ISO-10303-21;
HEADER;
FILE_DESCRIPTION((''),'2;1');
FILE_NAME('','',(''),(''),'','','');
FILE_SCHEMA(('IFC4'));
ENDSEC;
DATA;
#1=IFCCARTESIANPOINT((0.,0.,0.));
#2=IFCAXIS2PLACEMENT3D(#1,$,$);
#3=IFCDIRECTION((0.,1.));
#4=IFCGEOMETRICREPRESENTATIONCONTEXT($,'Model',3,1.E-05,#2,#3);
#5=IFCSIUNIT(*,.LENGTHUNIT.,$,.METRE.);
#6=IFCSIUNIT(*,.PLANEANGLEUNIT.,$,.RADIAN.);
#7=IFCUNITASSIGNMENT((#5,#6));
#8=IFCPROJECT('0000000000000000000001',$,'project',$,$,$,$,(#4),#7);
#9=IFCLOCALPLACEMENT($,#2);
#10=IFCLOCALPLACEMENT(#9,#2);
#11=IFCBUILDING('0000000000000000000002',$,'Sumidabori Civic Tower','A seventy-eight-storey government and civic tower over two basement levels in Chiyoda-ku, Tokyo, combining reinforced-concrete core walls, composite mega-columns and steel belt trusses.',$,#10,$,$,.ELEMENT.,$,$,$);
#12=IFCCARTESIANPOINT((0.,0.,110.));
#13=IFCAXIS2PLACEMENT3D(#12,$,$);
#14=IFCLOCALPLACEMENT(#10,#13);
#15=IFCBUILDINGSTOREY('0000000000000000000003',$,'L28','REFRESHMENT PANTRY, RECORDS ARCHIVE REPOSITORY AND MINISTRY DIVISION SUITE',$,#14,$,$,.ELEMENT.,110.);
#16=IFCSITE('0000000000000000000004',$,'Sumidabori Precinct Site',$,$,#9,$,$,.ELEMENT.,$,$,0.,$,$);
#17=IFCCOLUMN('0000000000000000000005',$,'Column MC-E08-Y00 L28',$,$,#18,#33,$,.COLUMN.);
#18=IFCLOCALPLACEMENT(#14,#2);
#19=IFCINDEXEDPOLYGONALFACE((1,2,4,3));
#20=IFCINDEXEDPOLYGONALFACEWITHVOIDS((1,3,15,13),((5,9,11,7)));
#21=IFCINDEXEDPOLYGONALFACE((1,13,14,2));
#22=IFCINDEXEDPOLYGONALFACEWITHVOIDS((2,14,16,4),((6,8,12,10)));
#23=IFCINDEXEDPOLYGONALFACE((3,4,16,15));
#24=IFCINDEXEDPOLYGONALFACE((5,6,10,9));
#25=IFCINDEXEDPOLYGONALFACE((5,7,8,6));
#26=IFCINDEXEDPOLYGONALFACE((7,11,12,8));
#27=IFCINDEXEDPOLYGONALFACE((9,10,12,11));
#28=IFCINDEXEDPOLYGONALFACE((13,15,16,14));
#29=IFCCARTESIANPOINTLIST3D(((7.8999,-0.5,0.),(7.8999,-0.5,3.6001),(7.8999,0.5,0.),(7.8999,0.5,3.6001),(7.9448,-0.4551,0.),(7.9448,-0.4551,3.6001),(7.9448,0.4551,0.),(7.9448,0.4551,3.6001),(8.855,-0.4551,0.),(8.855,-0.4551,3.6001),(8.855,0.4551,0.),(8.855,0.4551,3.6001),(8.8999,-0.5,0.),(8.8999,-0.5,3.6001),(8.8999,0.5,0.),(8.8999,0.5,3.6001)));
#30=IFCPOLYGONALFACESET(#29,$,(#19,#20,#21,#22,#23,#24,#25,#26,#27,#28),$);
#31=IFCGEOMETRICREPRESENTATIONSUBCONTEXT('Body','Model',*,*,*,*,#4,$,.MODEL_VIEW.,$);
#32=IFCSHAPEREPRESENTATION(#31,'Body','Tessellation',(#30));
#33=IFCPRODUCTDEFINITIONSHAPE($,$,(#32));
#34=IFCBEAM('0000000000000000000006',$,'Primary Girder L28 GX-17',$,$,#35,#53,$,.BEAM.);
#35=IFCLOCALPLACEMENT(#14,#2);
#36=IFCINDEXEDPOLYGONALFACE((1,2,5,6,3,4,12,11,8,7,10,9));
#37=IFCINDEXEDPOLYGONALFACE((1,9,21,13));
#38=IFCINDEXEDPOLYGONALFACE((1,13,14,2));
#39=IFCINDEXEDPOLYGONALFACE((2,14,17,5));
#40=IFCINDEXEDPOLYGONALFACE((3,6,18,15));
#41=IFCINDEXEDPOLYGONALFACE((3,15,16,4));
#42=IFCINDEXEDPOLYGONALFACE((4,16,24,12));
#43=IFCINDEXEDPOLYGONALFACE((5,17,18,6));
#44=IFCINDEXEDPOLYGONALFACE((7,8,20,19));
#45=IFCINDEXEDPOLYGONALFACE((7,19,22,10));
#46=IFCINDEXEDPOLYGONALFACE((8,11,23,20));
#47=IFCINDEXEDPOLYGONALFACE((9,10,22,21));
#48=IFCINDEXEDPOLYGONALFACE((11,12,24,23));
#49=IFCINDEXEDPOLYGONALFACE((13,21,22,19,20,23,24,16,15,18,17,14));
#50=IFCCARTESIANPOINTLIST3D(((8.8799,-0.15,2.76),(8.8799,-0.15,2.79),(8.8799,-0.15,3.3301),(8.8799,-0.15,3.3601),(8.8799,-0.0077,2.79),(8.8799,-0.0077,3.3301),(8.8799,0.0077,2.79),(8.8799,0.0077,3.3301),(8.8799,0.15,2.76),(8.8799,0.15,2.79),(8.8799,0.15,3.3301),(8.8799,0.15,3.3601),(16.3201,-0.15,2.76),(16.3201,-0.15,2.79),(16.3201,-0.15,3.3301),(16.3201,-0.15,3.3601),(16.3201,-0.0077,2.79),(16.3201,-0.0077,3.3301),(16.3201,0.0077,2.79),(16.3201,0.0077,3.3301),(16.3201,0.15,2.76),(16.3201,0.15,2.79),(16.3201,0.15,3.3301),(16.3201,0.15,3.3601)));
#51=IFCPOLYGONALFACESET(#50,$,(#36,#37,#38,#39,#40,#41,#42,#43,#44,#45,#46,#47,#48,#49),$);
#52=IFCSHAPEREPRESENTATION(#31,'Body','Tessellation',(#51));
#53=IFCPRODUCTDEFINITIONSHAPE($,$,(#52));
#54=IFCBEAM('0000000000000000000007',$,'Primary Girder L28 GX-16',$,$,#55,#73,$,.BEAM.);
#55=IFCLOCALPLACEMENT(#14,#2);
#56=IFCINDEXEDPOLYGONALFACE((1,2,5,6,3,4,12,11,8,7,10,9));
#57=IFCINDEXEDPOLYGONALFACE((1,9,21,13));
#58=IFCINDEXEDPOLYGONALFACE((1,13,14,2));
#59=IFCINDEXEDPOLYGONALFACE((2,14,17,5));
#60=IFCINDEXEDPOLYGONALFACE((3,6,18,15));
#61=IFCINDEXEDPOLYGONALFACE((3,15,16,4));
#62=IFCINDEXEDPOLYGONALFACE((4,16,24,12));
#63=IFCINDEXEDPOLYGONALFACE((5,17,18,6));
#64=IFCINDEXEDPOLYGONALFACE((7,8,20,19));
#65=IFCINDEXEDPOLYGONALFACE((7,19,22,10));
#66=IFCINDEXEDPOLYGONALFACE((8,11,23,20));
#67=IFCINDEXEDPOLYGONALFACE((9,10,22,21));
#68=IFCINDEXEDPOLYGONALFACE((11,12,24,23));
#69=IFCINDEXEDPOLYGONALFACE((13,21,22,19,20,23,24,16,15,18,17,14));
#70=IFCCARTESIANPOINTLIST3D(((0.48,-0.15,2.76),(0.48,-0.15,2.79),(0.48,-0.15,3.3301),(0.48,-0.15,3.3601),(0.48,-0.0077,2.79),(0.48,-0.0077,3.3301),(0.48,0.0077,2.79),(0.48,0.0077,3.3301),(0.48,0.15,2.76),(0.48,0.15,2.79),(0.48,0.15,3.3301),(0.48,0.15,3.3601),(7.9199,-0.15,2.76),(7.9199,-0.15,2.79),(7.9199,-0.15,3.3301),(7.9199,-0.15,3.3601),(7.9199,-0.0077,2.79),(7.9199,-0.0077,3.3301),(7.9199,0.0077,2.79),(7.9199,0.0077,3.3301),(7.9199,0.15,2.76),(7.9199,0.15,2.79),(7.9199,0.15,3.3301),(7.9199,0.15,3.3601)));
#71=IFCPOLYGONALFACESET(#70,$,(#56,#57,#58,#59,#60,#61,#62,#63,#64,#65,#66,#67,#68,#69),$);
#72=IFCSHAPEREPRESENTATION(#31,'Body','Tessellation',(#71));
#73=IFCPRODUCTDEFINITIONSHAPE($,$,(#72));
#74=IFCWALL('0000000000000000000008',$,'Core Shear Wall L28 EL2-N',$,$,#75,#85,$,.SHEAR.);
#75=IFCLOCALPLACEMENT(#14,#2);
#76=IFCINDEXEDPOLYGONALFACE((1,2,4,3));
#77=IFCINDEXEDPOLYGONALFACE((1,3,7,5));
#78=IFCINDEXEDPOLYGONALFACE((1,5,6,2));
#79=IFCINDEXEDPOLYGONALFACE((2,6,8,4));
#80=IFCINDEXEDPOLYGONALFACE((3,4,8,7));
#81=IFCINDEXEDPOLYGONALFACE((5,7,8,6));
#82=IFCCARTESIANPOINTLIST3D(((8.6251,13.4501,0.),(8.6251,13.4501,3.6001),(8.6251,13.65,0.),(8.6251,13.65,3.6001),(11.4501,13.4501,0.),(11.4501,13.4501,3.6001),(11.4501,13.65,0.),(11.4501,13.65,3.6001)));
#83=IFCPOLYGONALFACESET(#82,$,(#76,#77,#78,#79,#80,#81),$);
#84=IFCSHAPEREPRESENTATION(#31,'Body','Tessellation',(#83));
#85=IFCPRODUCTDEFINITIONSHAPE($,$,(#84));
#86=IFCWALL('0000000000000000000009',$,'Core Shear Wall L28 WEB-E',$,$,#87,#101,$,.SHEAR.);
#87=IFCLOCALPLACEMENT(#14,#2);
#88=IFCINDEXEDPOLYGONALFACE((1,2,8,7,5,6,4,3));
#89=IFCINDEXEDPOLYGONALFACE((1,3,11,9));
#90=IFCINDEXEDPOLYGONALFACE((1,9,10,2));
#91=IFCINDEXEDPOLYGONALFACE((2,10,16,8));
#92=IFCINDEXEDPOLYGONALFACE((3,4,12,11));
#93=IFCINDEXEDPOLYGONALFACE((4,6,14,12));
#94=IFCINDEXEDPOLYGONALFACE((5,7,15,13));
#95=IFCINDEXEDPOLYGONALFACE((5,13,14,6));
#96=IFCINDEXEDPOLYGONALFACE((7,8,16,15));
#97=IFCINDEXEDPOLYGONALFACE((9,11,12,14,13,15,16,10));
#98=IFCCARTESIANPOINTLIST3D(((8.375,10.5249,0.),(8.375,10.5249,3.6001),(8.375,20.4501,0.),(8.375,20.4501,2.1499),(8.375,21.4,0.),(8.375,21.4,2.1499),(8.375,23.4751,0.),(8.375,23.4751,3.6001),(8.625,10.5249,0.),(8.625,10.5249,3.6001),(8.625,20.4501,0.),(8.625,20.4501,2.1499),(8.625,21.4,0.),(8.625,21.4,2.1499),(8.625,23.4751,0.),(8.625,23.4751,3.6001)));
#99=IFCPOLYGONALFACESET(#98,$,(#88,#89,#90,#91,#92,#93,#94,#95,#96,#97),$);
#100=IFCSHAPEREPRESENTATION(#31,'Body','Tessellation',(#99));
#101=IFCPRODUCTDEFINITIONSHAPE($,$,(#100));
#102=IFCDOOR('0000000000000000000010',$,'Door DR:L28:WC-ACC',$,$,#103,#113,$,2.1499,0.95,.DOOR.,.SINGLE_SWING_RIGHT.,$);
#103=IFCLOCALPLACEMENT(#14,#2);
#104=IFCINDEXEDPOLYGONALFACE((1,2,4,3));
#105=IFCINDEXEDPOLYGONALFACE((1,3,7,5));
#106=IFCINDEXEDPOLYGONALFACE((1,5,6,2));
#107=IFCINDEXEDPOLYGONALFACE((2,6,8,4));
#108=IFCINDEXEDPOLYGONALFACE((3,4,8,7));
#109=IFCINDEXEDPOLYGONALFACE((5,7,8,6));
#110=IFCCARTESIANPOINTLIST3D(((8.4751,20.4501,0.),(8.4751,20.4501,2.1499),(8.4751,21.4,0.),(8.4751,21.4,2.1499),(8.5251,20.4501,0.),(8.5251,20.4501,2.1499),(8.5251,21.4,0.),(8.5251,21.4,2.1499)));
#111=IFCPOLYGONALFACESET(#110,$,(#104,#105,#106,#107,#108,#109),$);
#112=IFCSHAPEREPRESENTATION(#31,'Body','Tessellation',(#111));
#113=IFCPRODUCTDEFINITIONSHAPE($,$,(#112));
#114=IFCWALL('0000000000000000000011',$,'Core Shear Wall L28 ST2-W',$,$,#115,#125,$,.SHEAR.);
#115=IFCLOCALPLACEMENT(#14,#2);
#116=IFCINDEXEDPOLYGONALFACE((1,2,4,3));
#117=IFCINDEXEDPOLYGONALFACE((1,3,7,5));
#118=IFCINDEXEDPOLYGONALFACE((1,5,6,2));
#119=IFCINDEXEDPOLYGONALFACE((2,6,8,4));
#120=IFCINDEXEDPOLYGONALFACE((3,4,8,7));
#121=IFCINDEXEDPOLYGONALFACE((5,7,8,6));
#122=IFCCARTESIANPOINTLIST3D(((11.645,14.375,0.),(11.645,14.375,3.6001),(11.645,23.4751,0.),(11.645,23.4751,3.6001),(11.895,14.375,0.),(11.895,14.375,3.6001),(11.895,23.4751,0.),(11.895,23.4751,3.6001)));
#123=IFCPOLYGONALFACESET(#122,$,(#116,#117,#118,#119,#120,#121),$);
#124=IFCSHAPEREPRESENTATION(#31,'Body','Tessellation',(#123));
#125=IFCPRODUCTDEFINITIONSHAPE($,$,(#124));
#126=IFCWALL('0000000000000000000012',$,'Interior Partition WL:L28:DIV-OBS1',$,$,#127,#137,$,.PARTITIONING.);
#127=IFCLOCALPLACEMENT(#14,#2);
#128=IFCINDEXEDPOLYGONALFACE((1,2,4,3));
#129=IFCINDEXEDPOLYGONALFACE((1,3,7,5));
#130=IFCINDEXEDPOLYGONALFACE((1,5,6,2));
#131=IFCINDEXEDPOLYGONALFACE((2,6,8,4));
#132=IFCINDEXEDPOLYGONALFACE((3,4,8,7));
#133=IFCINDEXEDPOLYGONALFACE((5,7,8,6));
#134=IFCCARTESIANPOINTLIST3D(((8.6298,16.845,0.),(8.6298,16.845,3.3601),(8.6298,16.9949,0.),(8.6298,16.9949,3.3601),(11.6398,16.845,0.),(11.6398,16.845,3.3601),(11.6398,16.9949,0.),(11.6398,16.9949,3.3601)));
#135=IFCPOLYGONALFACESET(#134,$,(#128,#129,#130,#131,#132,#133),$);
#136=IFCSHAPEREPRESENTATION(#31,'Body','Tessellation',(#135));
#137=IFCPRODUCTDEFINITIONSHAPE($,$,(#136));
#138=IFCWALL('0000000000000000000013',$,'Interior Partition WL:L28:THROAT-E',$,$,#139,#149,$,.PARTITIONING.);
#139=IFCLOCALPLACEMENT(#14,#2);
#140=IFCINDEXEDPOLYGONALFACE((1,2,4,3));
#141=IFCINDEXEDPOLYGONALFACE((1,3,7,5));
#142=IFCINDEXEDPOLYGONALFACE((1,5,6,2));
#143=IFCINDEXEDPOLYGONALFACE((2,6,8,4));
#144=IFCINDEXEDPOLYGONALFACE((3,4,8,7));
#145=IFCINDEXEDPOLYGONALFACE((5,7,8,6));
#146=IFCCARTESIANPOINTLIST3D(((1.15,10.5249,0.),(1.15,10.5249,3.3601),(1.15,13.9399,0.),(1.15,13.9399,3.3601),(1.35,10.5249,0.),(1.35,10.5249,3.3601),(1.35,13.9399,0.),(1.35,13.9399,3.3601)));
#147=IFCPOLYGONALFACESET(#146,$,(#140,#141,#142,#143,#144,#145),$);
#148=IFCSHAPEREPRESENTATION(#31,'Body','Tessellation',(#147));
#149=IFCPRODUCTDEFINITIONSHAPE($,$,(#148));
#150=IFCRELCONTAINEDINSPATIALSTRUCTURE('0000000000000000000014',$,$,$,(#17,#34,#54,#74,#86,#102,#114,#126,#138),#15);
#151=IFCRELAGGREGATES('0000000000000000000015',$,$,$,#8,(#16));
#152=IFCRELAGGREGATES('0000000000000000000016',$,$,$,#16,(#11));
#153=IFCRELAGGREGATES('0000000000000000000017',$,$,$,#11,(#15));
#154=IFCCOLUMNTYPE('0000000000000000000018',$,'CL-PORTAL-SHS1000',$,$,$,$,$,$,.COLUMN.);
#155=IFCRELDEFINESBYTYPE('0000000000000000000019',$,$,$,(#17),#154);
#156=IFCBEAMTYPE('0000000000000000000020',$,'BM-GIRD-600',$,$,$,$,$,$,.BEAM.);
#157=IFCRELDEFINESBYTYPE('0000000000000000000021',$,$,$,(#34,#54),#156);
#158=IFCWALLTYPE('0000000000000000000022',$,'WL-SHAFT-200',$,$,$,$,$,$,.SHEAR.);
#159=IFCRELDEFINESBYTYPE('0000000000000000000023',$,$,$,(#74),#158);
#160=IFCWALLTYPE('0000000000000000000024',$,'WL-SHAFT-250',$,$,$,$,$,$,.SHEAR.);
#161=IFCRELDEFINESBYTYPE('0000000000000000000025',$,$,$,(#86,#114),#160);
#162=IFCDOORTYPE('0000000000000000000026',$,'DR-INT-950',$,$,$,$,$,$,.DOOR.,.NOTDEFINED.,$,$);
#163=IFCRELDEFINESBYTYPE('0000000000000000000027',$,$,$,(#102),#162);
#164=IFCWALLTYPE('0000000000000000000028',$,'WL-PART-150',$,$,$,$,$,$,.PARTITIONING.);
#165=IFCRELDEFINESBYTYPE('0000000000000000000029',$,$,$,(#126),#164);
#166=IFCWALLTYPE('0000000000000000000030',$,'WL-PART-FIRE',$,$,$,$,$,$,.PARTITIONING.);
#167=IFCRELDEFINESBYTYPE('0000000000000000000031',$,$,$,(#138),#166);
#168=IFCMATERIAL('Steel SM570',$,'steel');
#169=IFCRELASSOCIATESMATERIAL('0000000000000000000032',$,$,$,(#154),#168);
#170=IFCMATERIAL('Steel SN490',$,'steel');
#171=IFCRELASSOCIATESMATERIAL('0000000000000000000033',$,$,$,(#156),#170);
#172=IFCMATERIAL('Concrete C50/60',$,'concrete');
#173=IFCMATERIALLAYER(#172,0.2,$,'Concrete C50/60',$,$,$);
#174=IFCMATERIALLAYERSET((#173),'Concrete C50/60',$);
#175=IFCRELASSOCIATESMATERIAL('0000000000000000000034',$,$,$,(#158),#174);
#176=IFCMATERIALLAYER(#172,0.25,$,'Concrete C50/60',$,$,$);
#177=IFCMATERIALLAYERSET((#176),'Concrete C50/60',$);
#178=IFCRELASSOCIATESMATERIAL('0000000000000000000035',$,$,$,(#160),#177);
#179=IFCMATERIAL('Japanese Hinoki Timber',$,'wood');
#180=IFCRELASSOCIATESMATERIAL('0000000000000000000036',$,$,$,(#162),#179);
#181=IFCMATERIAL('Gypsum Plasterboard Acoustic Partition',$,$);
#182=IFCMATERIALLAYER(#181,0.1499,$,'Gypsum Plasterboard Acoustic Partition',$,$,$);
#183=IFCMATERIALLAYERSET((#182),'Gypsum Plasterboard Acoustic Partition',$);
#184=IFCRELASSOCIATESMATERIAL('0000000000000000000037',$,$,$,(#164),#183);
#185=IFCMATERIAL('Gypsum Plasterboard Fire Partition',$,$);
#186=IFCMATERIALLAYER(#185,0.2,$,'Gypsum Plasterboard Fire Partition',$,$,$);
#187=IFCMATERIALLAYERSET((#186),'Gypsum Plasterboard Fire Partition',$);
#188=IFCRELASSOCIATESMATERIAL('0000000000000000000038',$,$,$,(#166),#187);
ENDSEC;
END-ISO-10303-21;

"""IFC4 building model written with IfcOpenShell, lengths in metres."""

from ifc_helpers import new_model, si_unit, direction, frame, frame_2d, origin, origin_2d, place, context, subcontext, project, spatial, rectangle, hollow_rectangle, i_section, extrude, source, transform, mapped, material, layer, layer_set, material_profile, profile_set, type_object, element, fill, save


model = new_model("IFC4")

# Units and contexts
model_context = context("Model", 3, precision=1e-05, world=origin(), true_north=direction((0.0, 1.0)))
body_context = subcontext(model_context, "Body", "Model", "MODEL_VIEW")
ifc_project = project(units=[si_unit("LENGTHUNIT", "METRE"), si_unit("PLANEANGLEUNIT", "RADIAN")], contexts=[model_context])

# Site, building, storey
site_placement = place(None, origin())
site = spatial("IfcSite", under=ifc_project, at=site_placement, Name="Sumidabori Precinct Site", CompositionType="ELEMENT", RefElevation=0.0)
building_placement = place(site_placement, origin())
building = spatial("IfcBuilding", under=site, at=building_placement, Name="Sumidabori Civic Tower", Description="A seventy-eight-storey government and civic tower over two basement levels in Chiyoda-ku, Tokyo, combining reinforced-concrete core walls, composite mega-columns and steel belt trusses.", CompositionType="ELEMENT")
storey_placement = place(building_placement, frame((0.0, 0.0, 110.0)))
storey = spatial("IfcBuildingStorey", under=building, at=storey_placement, Name="L28", Description="REFRESHMENT PANTRY, RECORDS ARCHIVE REPOSITORY AND MINISTRY DIVISION SUITE", CompositionType="ELEMENT", Elevation=110.0)

# Column
ifc_material_1 = material(Name="Steel SM570", Category="steel")
ifc_material_profile_1 = material_profile(ifc_material_1, hollow_rectangle(XDim=1.0, YDim=1.0, WallThickness=0.0449, at=origin_2d()), Name="SHS 1000x1000x45")
ifc_profile_set_1 = profile_set([ifc_material_profile_1], Name="Steel SM570")
column_type = type_object("IfcColumnType", Name="CL-PORTAL-SHS1000", PredefinedType="COLUMN", material=ifc_profile_set_1)
shared_shape_1 = source(origin(), body_context, "Body", "SweptSolid", [
    extrude(hollow_rectangle(XDim=1.0, YDim=1.0, WallThickness=0.0449, at=origin_2d()), origin(), (0.0, 0.0, 1.0), 3.6001),
])
column_placement = place(storey_placement, frame((8.3999, 0.0, 0.0), z_axis=(0.0, 0.0, 1.0), x_axis=(1.0, 0.0, 0.0)))
element("IfcColumn", 1, at=column_placement, inside=storey, type_object=column_type, Name="Column MC-E08-Y00 L28", PredefinedType="COLUMN", context=body_context, shape_type="MappedRepresentation", body=[
    mapped(shared_shape_1, transform((0.0, 0.0, 0.0), x_axis=(1.0, 0.0, 0.0), y_axis=(0.0, 1.0, 0.0), z_axis=(0.0, 0.0, 1.0), scale=1.0)),
])

# Beams
ifc_material_2 = material(Name="Steel SN490", Category="steel")
ifc_material_profile_2 = material_profile(ifc_material_2, i_section(OverallWidth=0.3, OverallDepth=0.6001, WebThickness=0.0154, FlangeThickness=0.03, at=origin_2d()), Name="HE 600 B")
ifc_profile_set_2 = profile_set([ifc_material_profile_2], Name="Steel SN490")
beam_type = type_object("IfcBeamType", Name="BM-GIRD-600", PredefinedType="BEAM", material=ifc_profile_set_2)
shared_shape_2 = source(origin(), body_context, "Body", "SweptSolid", [
    extrude(i_section(OverallWidth=0.3, OverallDepth=0.6001, WebThickness=0.0154, FlangeThickness=0.03, at=origin_2d()), origin(), (0.0, 0.0, 1.0), 7.4402),
])
beam_1_placement = place(storey_placement, frame((8.8799, 0.0, 3.0601), z_axis=(1.0, 0.0, 0.0), x_axis=(0.0, 1.0, 0.0)))
element("IfcBeam", 2, at=beam_1_placement, inside=storey, type_object=beam_type, Name="Primary Girder L28 GX-17", PredefinedType="BEAM", context=body_context, shape_type="MappedRepresentation", body=[
    mapped(shared_shape_2, transform((0.0, 0.0, 0.0), x_axis=(1.0, 0.0, 0.0), y_axis=(0.0, 1.0, 0.0), z_axis=(0.0, 0.0, 1.0), scale=1.0)),
])
shared_shape_3 = source(origin(), body_context, "Body", "SweptSolid", [
    extrude(i_section(OverallWidth=0.3, OverallDepth=0.6001, WebThickness=0.0154, FlangeThickness=0.03, at=origin_2d()), origin(), (0.0, 0.0, 1.0), 7.4399),
])
beam_2_placement = place(storey_placement, frame((0.48, 0.0, 3.0601), z_axis=(1.0, 0.0, 0.0), x_axis=(0.0, 1.0, 0.0)))
element("IfcBeam", 3, at=beam_2_placement, inside=storey, type_object=beam_type, Name="Primary Girder L28 GX-16", PredefinedType="BEAM", context=body_context, shape_type="MappedRepresentation", body=[
    mapped(shared_shape_3, transform((0.0, 0.0, 0.0), x_axis=(1.0, 0.0, 0.0), y_axis=(0.0, 1.0, 0.0), z_axis=(0.0, 0.0, 1.0), scale=1.0)),
])

# Wall
ifc_material_3 = material(Name="Concrete C50/60", Category="concrete")
ifc_layer_1 = layer(ifc_material_3, 0.2, Name="Concrete C50/60")
ifc_layer_set_1 = layer_set([ifc_layer_1], Name="Concrete C50/60")
wall_type_1 = type_object("IfcWallType", Name="WL-SHAFT-200", PredefinedType="SHEAR", material=ifc_layer_set_1)
shared_shape_4 = source(origin(), body_context, "Body", "SweptSolid", [
    extrude(rectangle(XDim=2.825, YDim=0.2, at=frame_2d((1.4126, 0.0))), origin(), (0.0, 0.0, 1.0), 3.6001),
])
wall_1_placement = place(storey_placement, frame((8.625, 13.55, 0.0), z_axis=(0.0, 0.0, 1.0), x_axis=(1.0, 0.0, 0.0)))
element("IfcWall", 4, at=wall_1_placement, inside=storey, type_object=wall_type_1, Name="Core Shear Wall L28 EL2-N", PredefinedType="SHEAR", context=body_context, shape_type="MappedRepresentation", body=[
    mapped(shared_shape_4, transform((0.0, 0.0, 0.0), x_axis=(1.0, 0.0, 0.0), y_axis=(0.0, 1.0, 0.0), z_axis=(0.0, 0.0, 1.0), scale=1.0)),
])

# Wall, opening, door
ifc_layer_2 = layer(ifc_material_3, 0.25, Name="Concrete C50/60")
ifc_layer_set_2 = layer_set([ifc_layer_2], Name="Concrete C50/60")
wall_type_2 = type_object("IfcWallType", Name="WL-SHAFT-250", PredefinedType="SHEAR", material=ifc_layer_set_2)
shared_shape_5 = source(origin(), body_context, "Body", "SweptSolid", [
    extrude(rectangle(XDim=12.9502, YDim=0.25, at=frame_2d((6.4751, 0.0))), origin(), (0.0, 0.0, 1.0), 3.6001),
])
wall_2_placement = place(storey_placement, frame((8.5, 10.5249, 0.0), z_axis=(0.0, 0.0, 1.0), x_axis=(0.0, 1.0, 0.0)))
wall_2 = element("IfcWall", 5, at=wall_2_placement, inside=storey, type_object=wall_type_2, Name="Core Shear Wall L28 WEB-E", PredefinedType="SHEAR", context=body_context, shape_type="MappedRepresentation", body=[
    mapped(shared_shape_5, transform((0.0, 0.0, 0.0), x_axis=(1.0, 0.0, 0.0), y_axis=(0.0, 1.0, 0.0), z_axis=(0.0, 0.0, 1.0), scale=1.0)),
])
opening_1_placement = place(wall_2_placement, frame((9.925, 0.0, 0.0)))
opening_1 = element("IfcOpeningElement", 6, at=opening_1_placement, cuts=wall_2, PredefinedType="OPENING", context=body_context, shape_type="SweptSolid", body=[
    extrude(rectangle(XDim=0.95, YDim=2.1499, at=frame_2d((0.4751, 1.075))), frame((0.0, 0.137, 0.0), z_axis=(0.0, -1.0, 0.0), x_axis=(1.0, 0.0, 0.0)), (0.0, 0.0, 1.0), 0.2739),
])
ifc_material_4 = material(Name="Japanese Hinoki Timber", Category="wood")
door_type_1 = type_object("IfcDoorType", Name="DR-INT-950", OperationType="NOTDEFINED", PredefinedType="DOOR", material=ifc_material_4)
shared_shape_6 = source(origin(), body_context, "Body", "SweptSolid", [
    extrude(rectangle(XDim=0.95, YDim=2.1499, at=frame_2d((0.4751, 1.075))), frame((0.0, 0.0249, 0.0), z_axis=(0.0, -1.0, 0.0), x_axis=(1.0, 0.0, 0.0)), (0.0, 0.0, 1.0), 0.05),
])
door_1_placement = place(opening_1_placement, origin())
door_1 = element("IfcDoor", 7, at=door_1_placement, inside=storey, type_object=door_type_1, Name="Door DR:L28:WC-ACC", OperationType="SINGLE_SWING_RIGHT", OverallHeight=2.1499, OverallWidth=0.95, PredefinedType="DOOR", context=body_context, shape_type="MappedRepresentation", body=[
    mapped(shared_shape_6, transform((0.0, 0.0, 0.0), x_axis=(1.0, 0.0, 0.0), y_axis=(0.0, 1.0, 0.0), z_axis=(0.0, 0.0, 1.0), scale=1.0)),
])
fill(opening_1, door_1)

# Wall
shared_shape_7 = source(origin(), body_context, "Body", "SweptSolid", [
    extrude(rectangle(XDim=9.1001, YDim=0.25, at=frame_2d((4.55, 0.0))), origin(), (0.0, 0.0, 1.0), 3.6001),
])
wall_3_placement = place(storey_placement, frame((11.77, 14.375, 0.0), z_axis=(0.0, 0.0, 1.0), x_axis=(0.0, 1.0, 0.0)))
element("IfcWall", 8, at=wall_3_placement, inside=storey, type_object=wall_type_2, Name="Core Shear Wall L28 ST2-W", PredefinedType="SHEAR", context=body_context, shape_type="MappedRepresentation", body=[
    mapped(shared_shape_7, transform((0.0, 0.0, 0.0), x_axis=(1.0, 0.0, 0.0), y_axis=(0.0, 1.0, 0.0), z_axis=(0.0, 0.0, 1.0), scale=1.0)),
])

# Wall
ifc_material_5 = material(Name="Gypsum Plasterboard Acoustic Partition")
ifc_layer_3 = layer(ifc_material_5, 0.1499, Name="Gypsum Plasterboard Acoustic Partition")
ifc_layer_set_3 = layer_set([ifc_layer_3], Name="Gypsum Plasterboard Acoustic Partition")
wall_type_3 = type_object("IfcWallType", Name="WL-PART-150", PredefinedType="PARTITIONING", material=ifc_layer_set_3)
shared_shape_8 = source(origin(), body_context, "Body", "SweptSolid", [
    extrude(rectangle(XDim=3.01, YDim=0.1499, at=frame_2d((1.5049, 0.0))), origin(), (0.0, 0.0, 1.0), 3.3601),
])
wall_4_placement = place(storey_placement, frame((8.6299, 16.9199, 0.0), z_axis=(0.0, 0.0, 1.0), x_axis=(1.0, 0.0, 0.0)))
element("IfcWall", 9, at=wall_4_placement, inside=storey, type_object=wall_type_3, Name="Interior Partition WL:L28:DIV-OBS1", PredefinedType="PARTITIONING", context=body_context, shape_type="MappedRepresentation", body=[
    mapped(shared_shape_8, transform((0.0, 0.0, 0.0), x_axis=(1.0, 0.0, 0.0), y_axis=(0.0, 1.0, 0.0), z_axis=(0.0, 0.0, 1.0), scale=1.0)),
])

# Shared definitions
ifc_material_6 = material(Name="Gypsum Plasterboard Fire Partition")
ifc_layer_4 = layer(ifc_material_6, 0.2, Name="Gypsum Plasterboard Fire Partition")
ifc_layer_set_4 = layer_set([ifc_layer_4], Name="Gypsum Plasterboard Fire Partition")
wall_type_4 = type_object("IfcWallType", Name="WL-PART-FIRE", PredefinedType="PARTITIONING", material=ifc_layer_set_4)

# Wall
shared_shape_9 = source(origin(), body_context, "Body", "SweptSolid", [
    extrude(rectangle(XDim=3.415, YDim=0.2, at=frame_2d((1.7075, 0.0))), origin(), (0.0, 0.0, 1.0), 3.3601),
])
wall_5_placement = place(storey_placement, frame((1.25, 10.5249, 0.0), z_axis=(0.0, 0.0, 1.0), x_axis=(0.0, 1.0, 0.0)))
element("IfcWall", 10, at=wall_5_placement, inside=storey, type_object=wall_type_4, Name="Interior Partition WL:L28:THROAT-E", PredefinedType="PARTITIONING", context=body_context, shape_type="MappedRepresentation", body=[
    mapped(shared_shape_9, transform((0.0, 0.0, 0.0), x_axis=(1.0, 0.0, 0.0), y_axis=(0.0, 1.0, 0.0), z_axis=(0.0, 0.0, 1.0), scale=1.0)),
])

save(model, "model.ifc")
